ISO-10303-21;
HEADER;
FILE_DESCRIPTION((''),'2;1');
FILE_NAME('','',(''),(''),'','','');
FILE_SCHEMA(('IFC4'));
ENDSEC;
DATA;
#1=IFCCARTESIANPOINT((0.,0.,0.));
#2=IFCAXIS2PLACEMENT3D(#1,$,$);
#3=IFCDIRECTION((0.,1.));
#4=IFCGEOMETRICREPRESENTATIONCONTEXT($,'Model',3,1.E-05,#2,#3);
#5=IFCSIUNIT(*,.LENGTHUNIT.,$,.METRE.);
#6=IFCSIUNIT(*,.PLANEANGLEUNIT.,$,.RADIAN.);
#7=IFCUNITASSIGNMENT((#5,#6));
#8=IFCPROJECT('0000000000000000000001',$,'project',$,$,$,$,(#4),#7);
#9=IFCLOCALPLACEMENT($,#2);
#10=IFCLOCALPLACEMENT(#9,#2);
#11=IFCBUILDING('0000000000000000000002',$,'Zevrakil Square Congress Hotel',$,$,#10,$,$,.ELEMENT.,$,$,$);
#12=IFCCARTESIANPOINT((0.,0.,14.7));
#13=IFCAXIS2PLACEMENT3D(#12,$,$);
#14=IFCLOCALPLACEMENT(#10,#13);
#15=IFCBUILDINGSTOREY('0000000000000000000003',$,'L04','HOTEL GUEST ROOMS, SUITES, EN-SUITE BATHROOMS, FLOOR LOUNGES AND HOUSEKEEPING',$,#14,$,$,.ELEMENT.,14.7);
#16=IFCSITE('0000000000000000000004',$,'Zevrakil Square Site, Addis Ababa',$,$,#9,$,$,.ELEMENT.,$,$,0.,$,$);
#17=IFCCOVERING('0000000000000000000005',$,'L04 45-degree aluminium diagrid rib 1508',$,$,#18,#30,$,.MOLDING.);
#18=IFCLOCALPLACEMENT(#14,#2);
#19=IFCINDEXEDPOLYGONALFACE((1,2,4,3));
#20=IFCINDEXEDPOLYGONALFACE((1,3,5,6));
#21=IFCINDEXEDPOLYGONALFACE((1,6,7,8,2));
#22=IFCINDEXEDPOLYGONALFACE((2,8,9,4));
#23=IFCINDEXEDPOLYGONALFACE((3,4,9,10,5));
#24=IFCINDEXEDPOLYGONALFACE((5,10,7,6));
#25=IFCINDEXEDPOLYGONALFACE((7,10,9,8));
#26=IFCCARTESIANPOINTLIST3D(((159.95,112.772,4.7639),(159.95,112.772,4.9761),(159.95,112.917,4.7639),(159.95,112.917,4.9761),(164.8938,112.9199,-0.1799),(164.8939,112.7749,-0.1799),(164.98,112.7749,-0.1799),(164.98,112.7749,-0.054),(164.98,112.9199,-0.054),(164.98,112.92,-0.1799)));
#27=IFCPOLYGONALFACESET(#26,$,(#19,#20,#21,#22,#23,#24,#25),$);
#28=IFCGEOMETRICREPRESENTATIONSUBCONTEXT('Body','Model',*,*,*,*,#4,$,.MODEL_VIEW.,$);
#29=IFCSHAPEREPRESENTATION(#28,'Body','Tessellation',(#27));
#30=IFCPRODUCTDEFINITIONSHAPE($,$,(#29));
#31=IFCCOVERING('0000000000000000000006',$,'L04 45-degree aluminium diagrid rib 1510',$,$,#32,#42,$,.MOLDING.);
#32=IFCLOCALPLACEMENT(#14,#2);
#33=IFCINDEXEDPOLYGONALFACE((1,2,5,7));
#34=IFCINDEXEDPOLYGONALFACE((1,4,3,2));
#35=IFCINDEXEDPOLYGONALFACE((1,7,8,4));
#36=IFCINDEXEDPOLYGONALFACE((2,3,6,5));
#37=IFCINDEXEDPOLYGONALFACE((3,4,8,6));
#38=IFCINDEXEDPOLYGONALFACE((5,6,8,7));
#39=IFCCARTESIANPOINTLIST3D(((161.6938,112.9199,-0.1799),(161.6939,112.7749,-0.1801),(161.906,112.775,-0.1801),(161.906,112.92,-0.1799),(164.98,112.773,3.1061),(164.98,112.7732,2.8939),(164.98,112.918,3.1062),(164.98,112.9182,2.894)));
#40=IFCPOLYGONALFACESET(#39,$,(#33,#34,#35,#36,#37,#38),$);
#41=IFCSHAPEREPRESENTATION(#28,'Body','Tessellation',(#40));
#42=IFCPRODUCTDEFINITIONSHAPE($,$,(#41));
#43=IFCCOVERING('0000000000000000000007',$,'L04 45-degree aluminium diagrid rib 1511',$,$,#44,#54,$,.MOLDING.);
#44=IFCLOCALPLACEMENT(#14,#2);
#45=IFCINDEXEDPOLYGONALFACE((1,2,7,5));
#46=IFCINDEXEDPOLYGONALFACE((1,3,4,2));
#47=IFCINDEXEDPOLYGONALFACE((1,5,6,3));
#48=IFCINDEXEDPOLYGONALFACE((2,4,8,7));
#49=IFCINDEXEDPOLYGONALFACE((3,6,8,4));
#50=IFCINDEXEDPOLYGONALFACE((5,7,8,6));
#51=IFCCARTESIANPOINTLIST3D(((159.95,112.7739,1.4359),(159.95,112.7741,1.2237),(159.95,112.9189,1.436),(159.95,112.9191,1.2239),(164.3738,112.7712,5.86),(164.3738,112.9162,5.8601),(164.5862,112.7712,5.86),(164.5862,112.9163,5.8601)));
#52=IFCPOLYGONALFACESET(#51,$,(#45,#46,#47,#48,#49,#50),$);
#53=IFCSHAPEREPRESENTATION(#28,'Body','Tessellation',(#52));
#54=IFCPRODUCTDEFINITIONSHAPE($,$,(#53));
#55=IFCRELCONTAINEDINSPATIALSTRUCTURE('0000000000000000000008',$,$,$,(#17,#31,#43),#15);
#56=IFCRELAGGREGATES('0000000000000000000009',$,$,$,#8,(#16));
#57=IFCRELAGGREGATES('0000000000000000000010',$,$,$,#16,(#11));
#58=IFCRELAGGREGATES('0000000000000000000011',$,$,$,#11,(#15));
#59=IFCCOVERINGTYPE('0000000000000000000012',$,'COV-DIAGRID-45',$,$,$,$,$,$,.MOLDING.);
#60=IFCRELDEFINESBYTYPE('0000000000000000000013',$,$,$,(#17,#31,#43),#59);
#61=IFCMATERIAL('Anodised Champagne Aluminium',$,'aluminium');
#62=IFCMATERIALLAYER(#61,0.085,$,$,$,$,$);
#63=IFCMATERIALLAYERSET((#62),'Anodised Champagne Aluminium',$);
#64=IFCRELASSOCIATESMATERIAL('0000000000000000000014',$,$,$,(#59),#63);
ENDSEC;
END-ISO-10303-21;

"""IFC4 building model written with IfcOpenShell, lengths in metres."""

from ifc_helpers import new_model, si_unit, direction, frame, origin, place, context, subcontext, project, spatial, polyline, outline, extrude, material, layer, layer_set, type_object, element, save


model = new_model("IFC4")

# Units and contexts
model_context = context("Model", 3, precision=1e-05, world=origin(), true_north=direction((0.0, 1.0)))
body_context = subcontext(model_context, "Body", "Model", "MODEL_VIEW")
ifc_project = project(units=[si_unit("LENGTHUNIT", "METRE"), si_unit("PLANEANGLEUNIT", "RADIAN")], contexts=[model_context])

# Site, building, storey
site_placement = place(None, origin())
site = spatial("IfcSite", under=ifc_project, at=site_placement, Name="Zevrakil Square Site, Addis Ababa", CompositionType="ELEMENT", RefElevation=0.0)
building_placement = place(site_placement, origin())
building = spatial("IfcBuilding", under=site, at=building_placement, Name="Zevrakil Square Congress Hotel", CompositionType="ELEMENT")
storey_placement = place(building_placement, frame((0.0, 0.0, 14.7)))
storey = spatial("IfcBuildingStorey", under=building, at=storey_placement, Name="L04", Description="HOTEL GUEST ROOMS, SUITES, EN-SUITE BATHROOMS, FLOOR LOUNGES AND HOUSEKEEPING", CompositionType="ELEMENT", Elevation=14.7)

# Coverings
ifc_material_1 = material(Name="Anodised Champagne Aluminium", Category="aluminium")
ifc_layer_1 = layer(ifc_material_1, 0.085)
ifc_layer_set_1 = layer_set([ifc_layer_1], Name="Anodised Champagne Aluminium")
covering_type_1 = type_object("IfcCoveringType", Name="COV-DIAGRID-45", PredefinedType="MOLDING", material=ifc_layer_set_1)
covering_1_placement = place(storey_placement, frame((164.8938, 112.9199, -0.1799), z_axis=(-0.000466, 1.0, 0.000119), x_axis=(1.0, 0.000466, 0.0)))
element("IfcCovering", 1, at=covering_1_placement, inside=storey, type_object=covering_type_1, Name="L04 45-degree aluminium diagrid rib 1508", PredefinedType="MOLDING", context=body_context, shape_type="SweptSolid", body=[
    extrude(outline(polyline([(0.0, 0.0), (0.0862, 0.0), (0.0862, -0.126), (-4.9438, -5.156), (-4.9438, -4.9438), (0.0, 0.0)])), origin(), (0.0, 0.0, -1.0), 0.145),
])
covering_2_placement = place(storey_placement, frame((164.98, 112.9182, 2.894), z_axis=(-0.000287, 1.0, 0.000863), x_axis=(0.0, -0.000863, 1.0)))
element("IfcCovering", 2, at=covering_2_placement, inside=storey, type_object=covering_type_1, Name="L04 45-degree aluminium diagrid rib 1510", PredefinedType="MOLDING", context=body_context, shape_type="SweptSolid", body=[
    extrude(outline(polyline([(0.0, 0.0), (0.2122, 0.0), (-3.074, -3.2861), (-3.074, -3.074), (0.0, 0.0)])), origin(), (0.0, 0.0, -1.0), 0.145),
])
covering_3_placement = place(storey_placement, frame((164.5862, 112.9163, 5.8601), z_axis=(-0.000265, 1.0, 0.000885), x_axis=(-1.0, -0.000265, 0.0)))
element("IfcCovering", 3, at=covering_3_placement, inside=storey, type_object=covering_type_1, Name="L04 45-degree aluminium diagrid rib 1511", PredefinedType="MOLDING", context=body_context, shape_type="SweptSolid", body=[
    extrude(outline(polyline([(0.0, 0.0), (0.2124, 0.0), (4.6362, -4.4241), (4.6362, -4.6362), (0.0, 0.0)])), origin(), (0.0, 0.0, -1.0), 0.145),
])

save(model, "model.ifc")
